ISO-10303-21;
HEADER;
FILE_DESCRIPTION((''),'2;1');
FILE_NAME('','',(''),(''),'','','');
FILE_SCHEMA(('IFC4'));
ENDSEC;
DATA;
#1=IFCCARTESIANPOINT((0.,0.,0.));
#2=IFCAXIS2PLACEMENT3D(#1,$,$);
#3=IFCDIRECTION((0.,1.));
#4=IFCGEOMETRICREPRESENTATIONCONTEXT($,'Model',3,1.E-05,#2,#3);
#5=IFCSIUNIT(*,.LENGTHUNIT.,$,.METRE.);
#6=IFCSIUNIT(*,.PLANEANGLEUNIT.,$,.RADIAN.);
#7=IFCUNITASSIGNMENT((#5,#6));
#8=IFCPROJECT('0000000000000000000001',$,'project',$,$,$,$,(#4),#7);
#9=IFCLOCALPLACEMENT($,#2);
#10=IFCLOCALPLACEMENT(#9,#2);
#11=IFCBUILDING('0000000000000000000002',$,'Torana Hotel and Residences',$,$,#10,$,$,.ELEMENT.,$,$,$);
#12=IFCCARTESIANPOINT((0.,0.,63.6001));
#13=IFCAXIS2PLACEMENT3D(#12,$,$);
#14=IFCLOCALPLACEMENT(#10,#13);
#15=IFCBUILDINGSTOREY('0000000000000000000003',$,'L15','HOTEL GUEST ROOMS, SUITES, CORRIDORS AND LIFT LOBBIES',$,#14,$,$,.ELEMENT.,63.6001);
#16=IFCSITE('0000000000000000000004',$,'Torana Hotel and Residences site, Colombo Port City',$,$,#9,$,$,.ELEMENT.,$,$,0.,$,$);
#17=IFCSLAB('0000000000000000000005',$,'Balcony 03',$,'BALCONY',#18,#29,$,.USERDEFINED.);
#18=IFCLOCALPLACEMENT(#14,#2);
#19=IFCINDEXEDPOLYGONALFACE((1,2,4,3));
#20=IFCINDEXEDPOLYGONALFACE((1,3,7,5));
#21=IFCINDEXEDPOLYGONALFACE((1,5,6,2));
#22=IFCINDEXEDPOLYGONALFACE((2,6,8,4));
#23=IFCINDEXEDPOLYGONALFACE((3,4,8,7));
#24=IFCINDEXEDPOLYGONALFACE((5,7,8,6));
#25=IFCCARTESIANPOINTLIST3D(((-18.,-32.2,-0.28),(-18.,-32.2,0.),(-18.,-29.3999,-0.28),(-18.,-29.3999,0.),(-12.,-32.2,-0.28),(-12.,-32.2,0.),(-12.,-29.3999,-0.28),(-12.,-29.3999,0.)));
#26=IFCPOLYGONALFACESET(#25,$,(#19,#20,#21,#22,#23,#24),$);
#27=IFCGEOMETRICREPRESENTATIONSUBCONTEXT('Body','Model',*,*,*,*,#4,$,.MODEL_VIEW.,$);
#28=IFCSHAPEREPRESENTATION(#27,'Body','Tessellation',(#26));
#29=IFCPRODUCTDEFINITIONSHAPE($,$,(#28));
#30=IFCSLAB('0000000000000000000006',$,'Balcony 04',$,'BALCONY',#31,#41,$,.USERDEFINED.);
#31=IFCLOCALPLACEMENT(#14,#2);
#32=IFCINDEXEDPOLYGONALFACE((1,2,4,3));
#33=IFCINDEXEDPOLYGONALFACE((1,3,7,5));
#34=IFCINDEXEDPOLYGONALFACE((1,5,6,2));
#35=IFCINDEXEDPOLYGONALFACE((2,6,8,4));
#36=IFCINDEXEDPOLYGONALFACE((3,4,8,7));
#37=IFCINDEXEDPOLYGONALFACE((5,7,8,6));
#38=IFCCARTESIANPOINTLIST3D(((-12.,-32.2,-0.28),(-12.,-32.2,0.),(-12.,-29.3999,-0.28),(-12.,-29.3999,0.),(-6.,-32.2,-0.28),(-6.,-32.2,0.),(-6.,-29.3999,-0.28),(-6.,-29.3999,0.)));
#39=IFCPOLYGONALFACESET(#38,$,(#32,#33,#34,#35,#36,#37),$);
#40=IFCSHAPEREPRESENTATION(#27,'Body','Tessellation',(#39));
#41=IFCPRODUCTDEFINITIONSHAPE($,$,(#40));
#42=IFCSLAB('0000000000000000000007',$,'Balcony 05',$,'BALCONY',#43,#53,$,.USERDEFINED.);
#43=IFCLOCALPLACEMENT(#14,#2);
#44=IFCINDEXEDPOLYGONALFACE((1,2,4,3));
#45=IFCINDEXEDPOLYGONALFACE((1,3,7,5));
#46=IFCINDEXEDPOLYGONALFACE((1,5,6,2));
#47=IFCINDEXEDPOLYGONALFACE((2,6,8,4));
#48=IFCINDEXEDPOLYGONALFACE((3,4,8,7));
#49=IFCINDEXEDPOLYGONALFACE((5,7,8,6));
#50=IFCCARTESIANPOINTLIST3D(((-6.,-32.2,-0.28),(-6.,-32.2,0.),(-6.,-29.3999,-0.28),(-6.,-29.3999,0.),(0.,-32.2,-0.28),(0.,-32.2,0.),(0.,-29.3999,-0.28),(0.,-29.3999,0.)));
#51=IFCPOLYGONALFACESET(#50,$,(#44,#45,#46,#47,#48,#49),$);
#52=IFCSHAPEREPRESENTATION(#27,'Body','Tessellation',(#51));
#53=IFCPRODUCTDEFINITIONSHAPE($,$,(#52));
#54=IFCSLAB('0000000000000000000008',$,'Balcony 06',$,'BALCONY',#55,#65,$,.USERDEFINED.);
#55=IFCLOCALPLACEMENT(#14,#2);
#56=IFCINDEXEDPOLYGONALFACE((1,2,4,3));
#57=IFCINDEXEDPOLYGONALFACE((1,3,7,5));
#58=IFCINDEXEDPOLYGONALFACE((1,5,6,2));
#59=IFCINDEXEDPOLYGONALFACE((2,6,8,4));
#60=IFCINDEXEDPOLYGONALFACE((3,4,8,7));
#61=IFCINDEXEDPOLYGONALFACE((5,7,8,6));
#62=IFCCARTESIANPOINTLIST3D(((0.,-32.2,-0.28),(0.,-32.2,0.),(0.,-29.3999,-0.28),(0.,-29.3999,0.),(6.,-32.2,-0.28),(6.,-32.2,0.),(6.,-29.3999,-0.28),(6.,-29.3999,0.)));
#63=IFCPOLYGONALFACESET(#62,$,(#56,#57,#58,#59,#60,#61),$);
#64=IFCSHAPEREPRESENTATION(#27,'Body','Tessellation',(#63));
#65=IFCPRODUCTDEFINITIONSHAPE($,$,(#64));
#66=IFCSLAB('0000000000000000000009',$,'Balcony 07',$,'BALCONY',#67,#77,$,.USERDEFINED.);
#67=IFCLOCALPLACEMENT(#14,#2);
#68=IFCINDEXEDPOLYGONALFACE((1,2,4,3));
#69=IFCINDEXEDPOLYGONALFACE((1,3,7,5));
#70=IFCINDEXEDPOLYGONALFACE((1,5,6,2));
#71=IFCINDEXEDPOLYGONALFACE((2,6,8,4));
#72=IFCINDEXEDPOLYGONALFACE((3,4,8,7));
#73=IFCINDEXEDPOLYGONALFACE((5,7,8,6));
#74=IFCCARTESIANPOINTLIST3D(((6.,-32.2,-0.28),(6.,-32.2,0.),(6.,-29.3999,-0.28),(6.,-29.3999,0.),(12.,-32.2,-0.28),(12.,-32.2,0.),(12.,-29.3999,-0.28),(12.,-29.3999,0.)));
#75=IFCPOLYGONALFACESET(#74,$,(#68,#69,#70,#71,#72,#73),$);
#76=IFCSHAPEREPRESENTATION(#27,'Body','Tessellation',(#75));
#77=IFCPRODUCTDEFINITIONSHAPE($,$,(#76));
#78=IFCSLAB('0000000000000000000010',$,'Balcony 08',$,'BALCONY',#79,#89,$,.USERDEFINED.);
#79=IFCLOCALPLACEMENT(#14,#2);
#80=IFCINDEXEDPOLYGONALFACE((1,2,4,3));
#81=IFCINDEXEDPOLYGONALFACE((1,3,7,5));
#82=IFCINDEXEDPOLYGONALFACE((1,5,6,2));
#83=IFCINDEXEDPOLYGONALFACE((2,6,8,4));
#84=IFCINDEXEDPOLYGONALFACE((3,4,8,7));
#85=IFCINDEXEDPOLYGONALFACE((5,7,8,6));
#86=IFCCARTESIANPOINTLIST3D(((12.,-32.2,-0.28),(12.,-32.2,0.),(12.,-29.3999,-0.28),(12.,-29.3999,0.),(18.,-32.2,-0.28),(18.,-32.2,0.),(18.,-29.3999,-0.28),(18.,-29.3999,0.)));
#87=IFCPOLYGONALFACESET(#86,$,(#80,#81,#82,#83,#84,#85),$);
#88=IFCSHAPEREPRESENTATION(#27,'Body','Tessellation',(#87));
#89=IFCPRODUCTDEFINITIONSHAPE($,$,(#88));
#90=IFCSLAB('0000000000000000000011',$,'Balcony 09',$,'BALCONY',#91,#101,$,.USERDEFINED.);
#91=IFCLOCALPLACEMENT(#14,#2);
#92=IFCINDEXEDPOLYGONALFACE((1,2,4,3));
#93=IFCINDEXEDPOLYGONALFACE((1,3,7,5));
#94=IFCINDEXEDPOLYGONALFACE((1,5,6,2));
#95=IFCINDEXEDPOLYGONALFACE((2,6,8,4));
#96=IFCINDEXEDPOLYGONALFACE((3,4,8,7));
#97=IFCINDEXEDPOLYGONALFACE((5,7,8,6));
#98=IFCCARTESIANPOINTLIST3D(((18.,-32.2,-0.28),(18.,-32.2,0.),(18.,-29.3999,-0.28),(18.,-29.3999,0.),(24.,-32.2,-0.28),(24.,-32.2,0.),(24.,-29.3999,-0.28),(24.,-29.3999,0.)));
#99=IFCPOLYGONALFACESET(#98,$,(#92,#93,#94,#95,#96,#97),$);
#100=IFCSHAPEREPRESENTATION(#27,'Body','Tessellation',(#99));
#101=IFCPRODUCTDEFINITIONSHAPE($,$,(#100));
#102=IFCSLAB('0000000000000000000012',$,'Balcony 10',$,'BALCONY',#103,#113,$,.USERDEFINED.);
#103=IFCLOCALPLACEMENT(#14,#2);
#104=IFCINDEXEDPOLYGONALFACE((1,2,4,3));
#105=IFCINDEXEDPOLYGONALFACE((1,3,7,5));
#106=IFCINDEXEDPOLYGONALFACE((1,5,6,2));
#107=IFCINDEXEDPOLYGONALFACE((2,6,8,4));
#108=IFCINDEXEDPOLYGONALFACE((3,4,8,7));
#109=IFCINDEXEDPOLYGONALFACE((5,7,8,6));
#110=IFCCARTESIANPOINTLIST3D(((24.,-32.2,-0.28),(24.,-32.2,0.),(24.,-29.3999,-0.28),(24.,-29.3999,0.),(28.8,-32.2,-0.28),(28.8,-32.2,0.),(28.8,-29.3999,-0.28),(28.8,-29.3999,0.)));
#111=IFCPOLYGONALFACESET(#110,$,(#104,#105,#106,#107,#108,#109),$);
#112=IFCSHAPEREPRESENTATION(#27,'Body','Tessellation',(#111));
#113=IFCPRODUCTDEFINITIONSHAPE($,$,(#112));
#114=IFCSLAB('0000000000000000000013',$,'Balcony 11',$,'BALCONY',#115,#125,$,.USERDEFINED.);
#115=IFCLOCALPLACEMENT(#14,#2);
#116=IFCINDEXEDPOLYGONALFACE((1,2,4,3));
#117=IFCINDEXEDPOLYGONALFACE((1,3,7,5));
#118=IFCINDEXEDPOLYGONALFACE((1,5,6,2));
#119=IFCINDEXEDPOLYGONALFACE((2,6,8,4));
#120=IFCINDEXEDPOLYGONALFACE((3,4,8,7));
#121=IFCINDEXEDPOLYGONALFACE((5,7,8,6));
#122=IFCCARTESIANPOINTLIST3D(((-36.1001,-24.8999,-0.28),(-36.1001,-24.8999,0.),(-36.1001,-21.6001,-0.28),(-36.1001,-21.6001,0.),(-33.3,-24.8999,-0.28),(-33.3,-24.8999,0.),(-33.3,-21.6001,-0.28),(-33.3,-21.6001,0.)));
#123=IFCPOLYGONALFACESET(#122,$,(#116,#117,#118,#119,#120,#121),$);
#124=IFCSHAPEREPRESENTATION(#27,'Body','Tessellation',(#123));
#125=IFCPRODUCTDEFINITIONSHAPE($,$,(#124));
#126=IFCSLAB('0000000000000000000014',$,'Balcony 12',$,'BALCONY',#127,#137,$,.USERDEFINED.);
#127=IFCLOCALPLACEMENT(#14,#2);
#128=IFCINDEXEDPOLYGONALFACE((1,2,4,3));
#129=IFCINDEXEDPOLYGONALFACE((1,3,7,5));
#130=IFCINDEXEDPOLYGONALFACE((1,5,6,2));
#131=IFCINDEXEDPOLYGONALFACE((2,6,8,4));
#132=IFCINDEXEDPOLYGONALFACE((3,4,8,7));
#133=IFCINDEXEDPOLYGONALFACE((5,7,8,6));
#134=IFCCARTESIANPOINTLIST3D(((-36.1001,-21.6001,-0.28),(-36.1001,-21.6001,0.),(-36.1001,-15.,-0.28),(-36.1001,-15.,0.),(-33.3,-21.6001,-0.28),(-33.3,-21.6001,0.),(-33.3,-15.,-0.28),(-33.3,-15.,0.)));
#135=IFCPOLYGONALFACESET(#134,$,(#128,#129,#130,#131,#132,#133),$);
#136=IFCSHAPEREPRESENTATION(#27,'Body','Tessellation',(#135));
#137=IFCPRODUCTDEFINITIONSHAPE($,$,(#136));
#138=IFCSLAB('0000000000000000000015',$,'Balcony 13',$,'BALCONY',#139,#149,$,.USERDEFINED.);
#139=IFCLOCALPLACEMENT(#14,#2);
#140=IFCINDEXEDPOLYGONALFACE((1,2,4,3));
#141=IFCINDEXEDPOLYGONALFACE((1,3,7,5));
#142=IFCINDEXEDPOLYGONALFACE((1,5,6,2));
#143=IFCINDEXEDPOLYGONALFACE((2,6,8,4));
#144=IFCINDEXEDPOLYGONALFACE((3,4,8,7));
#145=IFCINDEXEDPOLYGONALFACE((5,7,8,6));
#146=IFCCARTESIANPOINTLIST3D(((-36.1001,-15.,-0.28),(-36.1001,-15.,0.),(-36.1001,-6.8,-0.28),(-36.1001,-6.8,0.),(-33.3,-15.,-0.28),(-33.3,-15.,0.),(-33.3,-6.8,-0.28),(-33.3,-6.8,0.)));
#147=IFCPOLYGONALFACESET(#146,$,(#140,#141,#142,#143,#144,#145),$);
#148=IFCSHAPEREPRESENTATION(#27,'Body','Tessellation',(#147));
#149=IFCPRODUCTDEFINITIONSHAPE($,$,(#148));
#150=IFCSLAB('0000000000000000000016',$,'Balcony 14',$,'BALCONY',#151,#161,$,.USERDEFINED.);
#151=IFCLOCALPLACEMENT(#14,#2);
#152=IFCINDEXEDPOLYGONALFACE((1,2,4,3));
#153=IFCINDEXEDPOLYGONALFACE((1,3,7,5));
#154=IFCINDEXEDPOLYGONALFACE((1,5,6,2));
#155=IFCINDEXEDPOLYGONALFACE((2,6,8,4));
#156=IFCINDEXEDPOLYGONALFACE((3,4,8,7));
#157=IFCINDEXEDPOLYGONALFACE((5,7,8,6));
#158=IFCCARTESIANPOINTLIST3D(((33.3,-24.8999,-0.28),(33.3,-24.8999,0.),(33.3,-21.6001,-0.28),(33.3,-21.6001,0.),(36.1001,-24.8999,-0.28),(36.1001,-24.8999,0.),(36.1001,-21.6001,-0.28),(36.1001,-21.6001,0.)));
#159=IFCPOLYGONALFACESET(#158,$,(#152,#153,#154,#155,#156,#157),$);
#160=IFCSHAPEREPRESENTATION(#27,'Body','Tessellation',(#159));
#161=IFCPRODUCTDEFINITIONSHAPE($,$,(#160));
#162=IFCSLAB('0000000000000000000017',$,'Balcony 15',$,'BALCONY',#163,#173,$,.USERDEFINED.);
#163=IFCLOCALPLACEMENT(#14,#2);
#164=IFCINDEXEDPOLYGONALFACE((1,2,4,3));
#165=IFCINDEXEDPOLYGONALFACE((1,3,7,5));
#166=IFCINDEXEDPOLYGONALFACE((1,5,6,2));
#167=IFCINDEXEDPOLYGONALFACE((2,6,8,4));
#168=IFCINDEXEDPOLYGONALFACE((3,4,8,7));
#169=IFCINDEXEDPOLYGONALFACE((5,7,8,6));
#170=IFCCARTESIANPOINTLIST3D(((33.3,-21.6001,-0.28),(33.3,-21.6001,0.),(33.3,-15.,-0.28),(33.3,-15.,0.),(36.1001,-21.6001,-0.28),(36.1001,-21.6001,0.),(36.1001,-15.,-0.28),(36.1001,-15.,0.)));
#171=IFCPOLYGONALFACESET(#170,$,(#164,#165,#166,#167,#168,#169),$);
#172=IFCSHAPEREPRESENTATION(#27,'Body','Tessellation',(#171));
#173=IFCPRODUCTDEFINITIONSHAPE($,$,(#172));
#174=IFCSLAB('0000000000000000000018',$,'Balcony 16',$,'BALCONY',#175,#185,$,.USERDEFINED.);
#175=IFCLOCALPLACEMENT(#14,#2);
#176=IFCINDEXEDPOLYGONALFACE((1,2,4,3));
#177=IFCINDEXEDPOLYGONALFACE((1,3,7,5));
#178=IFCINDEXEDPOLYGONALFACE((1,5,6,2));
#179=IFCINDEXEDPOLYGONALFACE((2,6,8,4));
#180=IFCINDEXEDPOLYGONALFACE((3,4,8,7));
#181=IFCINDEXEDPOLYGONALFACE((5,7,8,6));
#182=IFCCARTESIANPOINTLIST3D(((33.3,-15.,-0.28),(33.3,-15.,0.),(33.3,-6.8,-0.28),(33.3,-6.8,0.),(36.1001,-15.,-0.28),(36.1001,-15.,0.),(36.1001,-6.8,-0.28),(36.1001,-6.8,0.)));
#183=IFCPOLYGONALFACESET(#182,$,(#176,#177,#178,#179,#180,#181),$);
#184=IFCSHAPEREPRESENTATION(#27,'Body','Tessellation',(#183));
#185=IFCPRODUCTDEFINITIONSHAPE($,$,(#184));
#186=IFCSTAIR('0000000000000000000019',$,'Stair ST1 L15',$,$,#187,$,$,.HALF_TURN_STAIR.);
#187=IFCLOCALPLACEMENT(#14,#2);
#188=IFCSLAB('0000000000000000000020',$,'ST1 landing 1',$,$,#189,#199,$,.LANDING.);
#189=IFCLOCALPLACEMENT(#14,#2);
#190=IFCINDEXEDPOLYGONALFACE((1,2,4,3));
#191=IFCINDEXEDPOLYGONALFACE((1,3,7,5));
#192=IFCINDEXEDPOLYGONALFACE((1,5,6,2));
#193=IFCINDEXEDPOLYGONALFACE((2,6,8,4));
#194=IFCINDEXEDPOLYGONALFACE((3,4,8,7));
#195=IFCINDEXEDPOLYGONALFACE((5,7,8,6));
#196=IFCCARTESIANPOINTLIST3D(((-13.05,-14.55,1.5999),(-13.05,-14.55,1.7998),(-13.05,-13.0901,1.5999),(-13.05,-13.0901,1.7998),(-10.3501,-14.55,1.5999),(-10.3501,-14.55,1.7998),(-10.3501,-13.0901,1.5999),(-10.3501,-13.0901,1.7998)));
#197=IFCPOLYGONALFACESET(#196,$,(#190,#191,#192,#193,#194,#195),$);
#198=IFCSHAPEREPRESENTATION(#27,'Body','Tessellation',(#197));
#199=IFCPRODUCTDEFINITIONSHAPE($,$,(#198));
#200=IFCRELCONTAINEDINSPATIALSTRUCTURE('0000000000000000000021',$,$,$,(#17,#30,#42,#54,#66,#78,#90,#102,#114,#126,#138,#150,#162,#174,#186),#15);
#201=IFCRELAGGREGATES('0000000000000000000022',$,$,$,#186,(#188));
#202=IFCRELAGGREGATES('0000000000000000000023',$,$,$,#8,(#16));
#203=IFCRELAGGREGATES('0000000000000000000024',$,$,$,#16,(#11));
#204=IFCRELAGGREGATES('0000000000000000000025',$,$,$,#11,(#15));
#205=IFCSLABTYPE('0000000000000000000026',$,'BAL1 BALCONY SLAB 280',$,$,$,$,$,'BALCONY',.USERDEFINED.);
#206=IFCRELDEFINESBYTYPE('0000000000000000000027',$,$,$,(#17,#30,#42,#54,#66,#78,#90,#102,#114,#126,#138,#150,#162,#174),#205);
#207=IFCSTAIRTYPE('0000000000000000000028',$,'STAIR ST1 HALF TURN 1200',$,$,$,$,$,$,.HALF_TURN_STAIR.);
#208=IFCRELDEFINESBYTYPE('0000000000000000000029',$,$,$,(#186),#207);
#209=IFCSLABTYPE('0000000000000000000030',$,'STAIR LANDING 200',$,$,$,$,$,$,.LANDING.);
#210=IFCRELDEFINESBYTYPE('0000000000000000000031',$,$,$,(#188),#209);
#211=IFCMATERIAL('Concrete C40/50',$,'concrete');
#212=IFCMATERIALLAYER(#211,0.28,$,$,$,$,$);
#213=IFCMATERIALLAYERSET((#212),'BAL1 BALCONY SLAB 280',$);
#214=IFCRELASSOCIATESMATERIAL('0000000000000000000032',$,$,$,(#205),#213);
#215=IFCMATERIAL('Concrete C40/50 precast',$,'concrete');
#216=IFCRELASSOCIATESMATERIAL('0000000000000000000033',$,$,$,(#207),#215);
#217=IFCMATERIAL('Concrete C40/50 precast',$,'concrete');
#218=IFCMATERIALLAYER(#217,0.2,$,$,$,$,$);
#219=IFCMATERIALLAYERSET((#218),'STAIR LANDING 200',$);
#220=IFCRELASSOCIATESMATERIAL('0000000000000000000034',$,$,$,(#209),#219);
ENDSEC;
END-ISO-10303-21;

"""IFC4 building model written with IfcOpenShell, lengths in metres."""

from ifc_helpers import new_model, si_unit, direction, frame, origin, place, context, subcontext, project, spatial, polyline, outline, extrude, material, layer, layer_set, type_object, element, aggregate, save


model = new_model("IFC4")

# Units and contexts
model_context = context("Model", 3, precision=1e-05, world=origin(), true_north=direction((0.0, 1.0)))
body_context = subcontext(model_context, "Body", "Model", "MODEL_VIEW")
ifc_project = project(units=[si_unit("LENGTHUNIT", "METRE"), si_unit("PLANEANGLEUNIT", "RADIAN")], contexts=[model_context])

# Site, building, storey
site_placement = place(None, origin())
site = spatial("IfcSite", under=ifc_project, at=site_placement, Name="Torana Hotel and Residences site, Colombo Port City", CompositionType="ELEMENT", RefElevation=0.0)
building_placement = place(site_placement, origin())
building = spatial("IfcBuilding", under=site, at=building_placement, Name="Torana Hotel and Residences", CompositionType="ELEMENT")
storey_placement = place(building_placement, frame((0.0, 0.0, 63.6001)))
storey = spatial("IfcBuildingStorey", under=building, at=storey_placement, Name="L15", Description="HOTEL GUEST ROOMS, SUITES, CORRIDORS AND LIFT LOBBIES", CompositionType="ELEMENT", Elevation=63.6001)

# Slabs
ifc_material_1 = material(Name="Concrete C40/50", Category="concrete")
ifc_layer_1 = layer(ifc_material_1, 0.28)
ifc_layer_set_1 = layer_set([ifc_layer_1], Name="BAL1 BALCONY SLAB 280")
slab_type_1 = type_object("IfcSlabType", Name="BAL1 BALCONY SLAB 280", ElementType="BALCONY", PredefinedType="USERDEFINED", material=ifc_layer_set_1)
slab_1_placement = place(storey_placement, frame((0.0, 0.0, -0.28)))
element("IfcSlab", 1, at=slab_1_placement, inside=storey, type_object=slab_type_1, Name="Balcony 03", ObjectType="BALCONY", PredefinedType="USERDEFINED", context=body_context, shape_type="SweptSolid", body=[
    extrude(outline(polyline([(-18.0, -32.2), (-12.0, -32.2), (-12.0, -29.3999), (-18.0, -29.3999), (-18.0, -32.2)])), origin(), (0.0, 0.0, 1.0), 0.28),
])
slab_2_placement = place(storey_placement, frame((0.0, 0.0, -0.28)))
element("IfcSlab", 2, at=slab_2_placement, inside=storey, type_object=slab_type_1, Name="Balcony 04", ObjectType="BALCONY", PredefinedType="USERDEFINED", context=body_context, shape_type="SweptSolid", body=[
    extrude(outline(polyline([(-12.0, -32.2), (-6.0, -32.2), (-6.0, -29.3999), (-12.0, -29.3999), (-12.0, -32.2)])), origin(), (0.0, 0.0, 1.0), 0.28),
])
slab_3_placement = place(storey_placement, frame((0.0, 0.0, -0.28)))
element("IfcSlab", 3, at=slab_3_placement, inside=storey, type_object=slab_type_1, Name="Balcony 05", ObjectType="BALCONY", PredefinedType="USERDEFINED", context=body_context, shape_type="SweptSolid", body=[
    extrude(outline(polyline([(-6.0, -32.2), (0.0, -32.2), (0.0, -29.3999), (-6.0, -29.3999), (-6.0, -32.2)])), origin(), (0.0, 0.0, 1.0), 0.28),
])
slab_4_placement = place(storey_placement, frame((0.0, 0.0, -0.28)))
element("IfcSlab", 4, at=slab_4_placement, inside=storey, type_object=slab_type_1, Name="Balcony 06", ObjectType="BALCONY", PredefinedType="USERDEFINED", context=body_context, shape_type="SweptSolid", body=[
    extrude(outline(polyline([(0.0, -32.2), (6.0, -32.2), (6.0, -29.3999), (0.0, -29.3999), (0.0, -32.2)])), origin(), (0.0, 0.0, 1.0), 0.28),
])
slab_5_placement = place(storey_placement, frame((0.0, 0.0, -0.28)))
element("IfcSlab", 5, at=slab_5_placement, inside=storey, type_object=slab_type_1, Name="Balcony 07", ObjectType="BALCONY", PredefinedType="USERDEFINED", context=body_context, shape_type="SweptSolid", body=[
    extrude(outline(polyline([(6.0, -32.2), (12.0, -32.2), (12.0, -29.3999), (6.0, -29.3999), (6.0, -32.2)])), origin(), (0.0, 0.0, 1.0), 0.28),
])
slab_6_placement = place(storey_placement, frame((0.0, 0.0, -0.28)))
element("IfcSlab", 6, at=slab_6_placement, inside=storey, type_object=slab_type_1, Name="Balcony 08", ObjectType="BALCONY", PredefinedType="USERDEFINED", context=body_context, shape_type="SweptSolid", body=[
    extrude(outline(polyline([(12.0, -32.2), (18.0, -32.2), (18.0, -29.3999), (12.0, -29.3999), (12.0, -32.2)])), origin(), (0.0, 0.0, 1.0), 0.28),
])
slab_7_placement = place(storey_placement, frame((0.0, 0.0, -0.28)))
element("IfcSlab", 7, at=slab_7_placement, inside=storey, type_object=slab_type_1, Name="Balcony 09", ObjectType="BALCONY", PredefinedType="USERDEFINED", context=body_context, shape_type="SweptSolid", body=[
    extrude(outline(polyline([(18.0, -32.2), (24.0, -32.2), (24.0, -29.3999), (18.0, -29.3999), (18.0, -32.2)])), origin(), (0.0, 0.0, 1.0), 0.28),
])
slab_8_placement = place(storey_placement, frame((0.0, 0.0, -0.28)))
element("IfcSlab", 8, at=slab_8_placement, inside=storey, type_object=slab_type_1, Name="Balcony 10", ObjectType="BALCONY", PredefinedType="USERDEFINED", context=body_context, shape_type="SweptSolid", body=[
    extrude(outline(polyline([(24.0, -32.2), (28.8, -32.2), (28.8, -29.3999), (24.0, -29.3999), (24.0, -32.2)])), origin(), (0.0, 0.0, 1.0), 0.28),
])
slab_9_placement = place(storey_placement, frame((0.0, 0.0, -0.28)))
element("IfcSlab", 9, at=slab_9_placement, inside=storey, type_object=slab_type_1, Name="Balcony 11", ObjectType="BALCONY", PredefinedType="USERDEFINED", context=body_context, shape_type="SweptSolid", body=[
    extrude(outline(polyline([(-36.1001, -24.8999), (-33.3, -24.8999), (-33.3, -21.6001), (-36.1001, -21.6001), (-36.1001, -24.8999)])), origin(), (0.0, 0.0, 1.0), 0.28),
])
slab_10_placement = place(storey_placement, frame((0.0, 0.0, -0.28)))
element("IfcSlab", 10, at=slab_10_placement, inside=storey, type_object=slab_type_1, Name="Balcony 12", ObjectType="BALCONY", PredefinedType="USERDEFINED", context=body_context, shape_type="SweptSolid", body=[
    extrude(outline(polyline([(-36.1001, -21.6001), (-33.3, -21.6001), (-33.3, -15.0), (-36.1001, -15.0), (-36.1001, -21.6001)])), origin(), (0.0, 0.0, 1.0), 0.28),
])
slab_11_placement = place(storey_placement, frame((0.0, 0.0, -0.28)))
element("IfcSlab", 11, at=slab_11_placement, inside=storey, type_object=slab_type_1, Name="Balcony 13", ObjectType="BALCONY", PredefinedType="USERDEFINED", context=body_context, shape_type="SweptSolid", body=[
    extrude(outline(polyline([(-36.1001, -15.0), (-33.3, -15.0), (-33.3, -6.8), (-36.1001, -6.8), (-36.1001, -15.0)])), origin(), (0.0, 0.0, 1.0), 0.28),
])
slab_12_placement = place(storey_placement, frame((0.0, 0.0, -0.28)))
element("IfcSlab", 12, at=slab_12_placement, inside=storey, type_object=slab_type_1, Name="Balcony 14", ObjectType="BALCONY", PredefinedType="USERDEFINED", context=body_context, shape_type="SweptSolid", body=[
    extrude(outline(polyline([(33.3, -24.8999), (36.1001, -24.8999), (36.1001, -21.6001), (33.3, -21.6001), (33.3, -24.8999)])), origin(), (0.0, 0.0, 1.0), 0.28),
])
slab_13_placement = place(storey_placement, frame((0.0, 0.0, -0.28)))
element("IfcSlab", 13, at=slab_13_placement, inside=storey, type_object=slab_type_1, Name="Balcony 15", ObjectType="BALCONY", PredefinedType="USERDEFINED", context=body_context, shape_type="SweptSolid", body=[
    extrude(outline(polyline([(33.3, -21.6001), (36.1001, -21.6001), (36.1001, -15.0), (33.3, -15.0), (33.3, -21.6001)])), origin(), (0.0, 0.0, 1.0), 0.28),
])
slab_14_placement = place(storey_placement, frame((0.0, 0.0, -0.28)))
element("IfcSlab", 14, at=slab_14_placement, inside=storey, type_object=slab_type_1, Name="Balcony 16", ObjectType="BALCONY", PredefinedType="USERDEFINED", context=body_context, shape_type="SweptSolid", body=[
    extrude(outline(polyline([(33.3, -15.0), (36.1001, -15.0), (36.1001, -6.8), (33.3, -6.8), (33.3, -15.0)])), origin(), (0.0, 0.0, 1.0), 0.28),
])

# Stair, slab
ifc_material_2 = material(Name="Concrete C40/50 precast", Category="concrete")
stair_type_1 = type_object("IfcStairType", Name="STAIR ST1 HALF TURN 1200", PredefinedType="HALF_TURN_STAIR", material=ifc_material_2)
stair_1_placement = place(storey_placement, origin())
stair_1 = element("IfcStair", 15, at=stair_1_placement, inside=storey, type_object=stair_type_1, Name="Stair ST1 L15", PredefinedType="HALF_TURN_STAIR")
ifc_material_3 = material(Name="Concrete C40/50 precast", Category="concrete")
ifc_layer_2 = layer(ifc_material_3, 0.2)
ifc_layer_set_2 = layer_set([ifc_layer_2], Name="STAIR LANDING 200")
slab_type_2 = type_object("IfcSlabType", Name="STAIR LANDING 200", PredefinedType="LANDING", material=ifc_layer_set_2)
slab_15_placement = place(storey_placement, frame((0.0, 0.0, 1.5999)))
slab_15 = element("IfcSlab", 16, at=slab_15_placement, type_object=slab_type_2, Name="ST1 landing 1", PredefinedType="LANDING", context=body_context, shape_type="SweptSolid", body=[
    extrude(outline(polyline([(-13.05, -14.55), (-10.3501, -14.55), (-10.3501, -13.0901), (-13.05, -13.0901), (-13.05, -14.55)])), origin(), (0.0, 0.0, 1.0), 0.2),
])
aggregate(stair_1, [slab_15])

save(model, "model.ifc")
